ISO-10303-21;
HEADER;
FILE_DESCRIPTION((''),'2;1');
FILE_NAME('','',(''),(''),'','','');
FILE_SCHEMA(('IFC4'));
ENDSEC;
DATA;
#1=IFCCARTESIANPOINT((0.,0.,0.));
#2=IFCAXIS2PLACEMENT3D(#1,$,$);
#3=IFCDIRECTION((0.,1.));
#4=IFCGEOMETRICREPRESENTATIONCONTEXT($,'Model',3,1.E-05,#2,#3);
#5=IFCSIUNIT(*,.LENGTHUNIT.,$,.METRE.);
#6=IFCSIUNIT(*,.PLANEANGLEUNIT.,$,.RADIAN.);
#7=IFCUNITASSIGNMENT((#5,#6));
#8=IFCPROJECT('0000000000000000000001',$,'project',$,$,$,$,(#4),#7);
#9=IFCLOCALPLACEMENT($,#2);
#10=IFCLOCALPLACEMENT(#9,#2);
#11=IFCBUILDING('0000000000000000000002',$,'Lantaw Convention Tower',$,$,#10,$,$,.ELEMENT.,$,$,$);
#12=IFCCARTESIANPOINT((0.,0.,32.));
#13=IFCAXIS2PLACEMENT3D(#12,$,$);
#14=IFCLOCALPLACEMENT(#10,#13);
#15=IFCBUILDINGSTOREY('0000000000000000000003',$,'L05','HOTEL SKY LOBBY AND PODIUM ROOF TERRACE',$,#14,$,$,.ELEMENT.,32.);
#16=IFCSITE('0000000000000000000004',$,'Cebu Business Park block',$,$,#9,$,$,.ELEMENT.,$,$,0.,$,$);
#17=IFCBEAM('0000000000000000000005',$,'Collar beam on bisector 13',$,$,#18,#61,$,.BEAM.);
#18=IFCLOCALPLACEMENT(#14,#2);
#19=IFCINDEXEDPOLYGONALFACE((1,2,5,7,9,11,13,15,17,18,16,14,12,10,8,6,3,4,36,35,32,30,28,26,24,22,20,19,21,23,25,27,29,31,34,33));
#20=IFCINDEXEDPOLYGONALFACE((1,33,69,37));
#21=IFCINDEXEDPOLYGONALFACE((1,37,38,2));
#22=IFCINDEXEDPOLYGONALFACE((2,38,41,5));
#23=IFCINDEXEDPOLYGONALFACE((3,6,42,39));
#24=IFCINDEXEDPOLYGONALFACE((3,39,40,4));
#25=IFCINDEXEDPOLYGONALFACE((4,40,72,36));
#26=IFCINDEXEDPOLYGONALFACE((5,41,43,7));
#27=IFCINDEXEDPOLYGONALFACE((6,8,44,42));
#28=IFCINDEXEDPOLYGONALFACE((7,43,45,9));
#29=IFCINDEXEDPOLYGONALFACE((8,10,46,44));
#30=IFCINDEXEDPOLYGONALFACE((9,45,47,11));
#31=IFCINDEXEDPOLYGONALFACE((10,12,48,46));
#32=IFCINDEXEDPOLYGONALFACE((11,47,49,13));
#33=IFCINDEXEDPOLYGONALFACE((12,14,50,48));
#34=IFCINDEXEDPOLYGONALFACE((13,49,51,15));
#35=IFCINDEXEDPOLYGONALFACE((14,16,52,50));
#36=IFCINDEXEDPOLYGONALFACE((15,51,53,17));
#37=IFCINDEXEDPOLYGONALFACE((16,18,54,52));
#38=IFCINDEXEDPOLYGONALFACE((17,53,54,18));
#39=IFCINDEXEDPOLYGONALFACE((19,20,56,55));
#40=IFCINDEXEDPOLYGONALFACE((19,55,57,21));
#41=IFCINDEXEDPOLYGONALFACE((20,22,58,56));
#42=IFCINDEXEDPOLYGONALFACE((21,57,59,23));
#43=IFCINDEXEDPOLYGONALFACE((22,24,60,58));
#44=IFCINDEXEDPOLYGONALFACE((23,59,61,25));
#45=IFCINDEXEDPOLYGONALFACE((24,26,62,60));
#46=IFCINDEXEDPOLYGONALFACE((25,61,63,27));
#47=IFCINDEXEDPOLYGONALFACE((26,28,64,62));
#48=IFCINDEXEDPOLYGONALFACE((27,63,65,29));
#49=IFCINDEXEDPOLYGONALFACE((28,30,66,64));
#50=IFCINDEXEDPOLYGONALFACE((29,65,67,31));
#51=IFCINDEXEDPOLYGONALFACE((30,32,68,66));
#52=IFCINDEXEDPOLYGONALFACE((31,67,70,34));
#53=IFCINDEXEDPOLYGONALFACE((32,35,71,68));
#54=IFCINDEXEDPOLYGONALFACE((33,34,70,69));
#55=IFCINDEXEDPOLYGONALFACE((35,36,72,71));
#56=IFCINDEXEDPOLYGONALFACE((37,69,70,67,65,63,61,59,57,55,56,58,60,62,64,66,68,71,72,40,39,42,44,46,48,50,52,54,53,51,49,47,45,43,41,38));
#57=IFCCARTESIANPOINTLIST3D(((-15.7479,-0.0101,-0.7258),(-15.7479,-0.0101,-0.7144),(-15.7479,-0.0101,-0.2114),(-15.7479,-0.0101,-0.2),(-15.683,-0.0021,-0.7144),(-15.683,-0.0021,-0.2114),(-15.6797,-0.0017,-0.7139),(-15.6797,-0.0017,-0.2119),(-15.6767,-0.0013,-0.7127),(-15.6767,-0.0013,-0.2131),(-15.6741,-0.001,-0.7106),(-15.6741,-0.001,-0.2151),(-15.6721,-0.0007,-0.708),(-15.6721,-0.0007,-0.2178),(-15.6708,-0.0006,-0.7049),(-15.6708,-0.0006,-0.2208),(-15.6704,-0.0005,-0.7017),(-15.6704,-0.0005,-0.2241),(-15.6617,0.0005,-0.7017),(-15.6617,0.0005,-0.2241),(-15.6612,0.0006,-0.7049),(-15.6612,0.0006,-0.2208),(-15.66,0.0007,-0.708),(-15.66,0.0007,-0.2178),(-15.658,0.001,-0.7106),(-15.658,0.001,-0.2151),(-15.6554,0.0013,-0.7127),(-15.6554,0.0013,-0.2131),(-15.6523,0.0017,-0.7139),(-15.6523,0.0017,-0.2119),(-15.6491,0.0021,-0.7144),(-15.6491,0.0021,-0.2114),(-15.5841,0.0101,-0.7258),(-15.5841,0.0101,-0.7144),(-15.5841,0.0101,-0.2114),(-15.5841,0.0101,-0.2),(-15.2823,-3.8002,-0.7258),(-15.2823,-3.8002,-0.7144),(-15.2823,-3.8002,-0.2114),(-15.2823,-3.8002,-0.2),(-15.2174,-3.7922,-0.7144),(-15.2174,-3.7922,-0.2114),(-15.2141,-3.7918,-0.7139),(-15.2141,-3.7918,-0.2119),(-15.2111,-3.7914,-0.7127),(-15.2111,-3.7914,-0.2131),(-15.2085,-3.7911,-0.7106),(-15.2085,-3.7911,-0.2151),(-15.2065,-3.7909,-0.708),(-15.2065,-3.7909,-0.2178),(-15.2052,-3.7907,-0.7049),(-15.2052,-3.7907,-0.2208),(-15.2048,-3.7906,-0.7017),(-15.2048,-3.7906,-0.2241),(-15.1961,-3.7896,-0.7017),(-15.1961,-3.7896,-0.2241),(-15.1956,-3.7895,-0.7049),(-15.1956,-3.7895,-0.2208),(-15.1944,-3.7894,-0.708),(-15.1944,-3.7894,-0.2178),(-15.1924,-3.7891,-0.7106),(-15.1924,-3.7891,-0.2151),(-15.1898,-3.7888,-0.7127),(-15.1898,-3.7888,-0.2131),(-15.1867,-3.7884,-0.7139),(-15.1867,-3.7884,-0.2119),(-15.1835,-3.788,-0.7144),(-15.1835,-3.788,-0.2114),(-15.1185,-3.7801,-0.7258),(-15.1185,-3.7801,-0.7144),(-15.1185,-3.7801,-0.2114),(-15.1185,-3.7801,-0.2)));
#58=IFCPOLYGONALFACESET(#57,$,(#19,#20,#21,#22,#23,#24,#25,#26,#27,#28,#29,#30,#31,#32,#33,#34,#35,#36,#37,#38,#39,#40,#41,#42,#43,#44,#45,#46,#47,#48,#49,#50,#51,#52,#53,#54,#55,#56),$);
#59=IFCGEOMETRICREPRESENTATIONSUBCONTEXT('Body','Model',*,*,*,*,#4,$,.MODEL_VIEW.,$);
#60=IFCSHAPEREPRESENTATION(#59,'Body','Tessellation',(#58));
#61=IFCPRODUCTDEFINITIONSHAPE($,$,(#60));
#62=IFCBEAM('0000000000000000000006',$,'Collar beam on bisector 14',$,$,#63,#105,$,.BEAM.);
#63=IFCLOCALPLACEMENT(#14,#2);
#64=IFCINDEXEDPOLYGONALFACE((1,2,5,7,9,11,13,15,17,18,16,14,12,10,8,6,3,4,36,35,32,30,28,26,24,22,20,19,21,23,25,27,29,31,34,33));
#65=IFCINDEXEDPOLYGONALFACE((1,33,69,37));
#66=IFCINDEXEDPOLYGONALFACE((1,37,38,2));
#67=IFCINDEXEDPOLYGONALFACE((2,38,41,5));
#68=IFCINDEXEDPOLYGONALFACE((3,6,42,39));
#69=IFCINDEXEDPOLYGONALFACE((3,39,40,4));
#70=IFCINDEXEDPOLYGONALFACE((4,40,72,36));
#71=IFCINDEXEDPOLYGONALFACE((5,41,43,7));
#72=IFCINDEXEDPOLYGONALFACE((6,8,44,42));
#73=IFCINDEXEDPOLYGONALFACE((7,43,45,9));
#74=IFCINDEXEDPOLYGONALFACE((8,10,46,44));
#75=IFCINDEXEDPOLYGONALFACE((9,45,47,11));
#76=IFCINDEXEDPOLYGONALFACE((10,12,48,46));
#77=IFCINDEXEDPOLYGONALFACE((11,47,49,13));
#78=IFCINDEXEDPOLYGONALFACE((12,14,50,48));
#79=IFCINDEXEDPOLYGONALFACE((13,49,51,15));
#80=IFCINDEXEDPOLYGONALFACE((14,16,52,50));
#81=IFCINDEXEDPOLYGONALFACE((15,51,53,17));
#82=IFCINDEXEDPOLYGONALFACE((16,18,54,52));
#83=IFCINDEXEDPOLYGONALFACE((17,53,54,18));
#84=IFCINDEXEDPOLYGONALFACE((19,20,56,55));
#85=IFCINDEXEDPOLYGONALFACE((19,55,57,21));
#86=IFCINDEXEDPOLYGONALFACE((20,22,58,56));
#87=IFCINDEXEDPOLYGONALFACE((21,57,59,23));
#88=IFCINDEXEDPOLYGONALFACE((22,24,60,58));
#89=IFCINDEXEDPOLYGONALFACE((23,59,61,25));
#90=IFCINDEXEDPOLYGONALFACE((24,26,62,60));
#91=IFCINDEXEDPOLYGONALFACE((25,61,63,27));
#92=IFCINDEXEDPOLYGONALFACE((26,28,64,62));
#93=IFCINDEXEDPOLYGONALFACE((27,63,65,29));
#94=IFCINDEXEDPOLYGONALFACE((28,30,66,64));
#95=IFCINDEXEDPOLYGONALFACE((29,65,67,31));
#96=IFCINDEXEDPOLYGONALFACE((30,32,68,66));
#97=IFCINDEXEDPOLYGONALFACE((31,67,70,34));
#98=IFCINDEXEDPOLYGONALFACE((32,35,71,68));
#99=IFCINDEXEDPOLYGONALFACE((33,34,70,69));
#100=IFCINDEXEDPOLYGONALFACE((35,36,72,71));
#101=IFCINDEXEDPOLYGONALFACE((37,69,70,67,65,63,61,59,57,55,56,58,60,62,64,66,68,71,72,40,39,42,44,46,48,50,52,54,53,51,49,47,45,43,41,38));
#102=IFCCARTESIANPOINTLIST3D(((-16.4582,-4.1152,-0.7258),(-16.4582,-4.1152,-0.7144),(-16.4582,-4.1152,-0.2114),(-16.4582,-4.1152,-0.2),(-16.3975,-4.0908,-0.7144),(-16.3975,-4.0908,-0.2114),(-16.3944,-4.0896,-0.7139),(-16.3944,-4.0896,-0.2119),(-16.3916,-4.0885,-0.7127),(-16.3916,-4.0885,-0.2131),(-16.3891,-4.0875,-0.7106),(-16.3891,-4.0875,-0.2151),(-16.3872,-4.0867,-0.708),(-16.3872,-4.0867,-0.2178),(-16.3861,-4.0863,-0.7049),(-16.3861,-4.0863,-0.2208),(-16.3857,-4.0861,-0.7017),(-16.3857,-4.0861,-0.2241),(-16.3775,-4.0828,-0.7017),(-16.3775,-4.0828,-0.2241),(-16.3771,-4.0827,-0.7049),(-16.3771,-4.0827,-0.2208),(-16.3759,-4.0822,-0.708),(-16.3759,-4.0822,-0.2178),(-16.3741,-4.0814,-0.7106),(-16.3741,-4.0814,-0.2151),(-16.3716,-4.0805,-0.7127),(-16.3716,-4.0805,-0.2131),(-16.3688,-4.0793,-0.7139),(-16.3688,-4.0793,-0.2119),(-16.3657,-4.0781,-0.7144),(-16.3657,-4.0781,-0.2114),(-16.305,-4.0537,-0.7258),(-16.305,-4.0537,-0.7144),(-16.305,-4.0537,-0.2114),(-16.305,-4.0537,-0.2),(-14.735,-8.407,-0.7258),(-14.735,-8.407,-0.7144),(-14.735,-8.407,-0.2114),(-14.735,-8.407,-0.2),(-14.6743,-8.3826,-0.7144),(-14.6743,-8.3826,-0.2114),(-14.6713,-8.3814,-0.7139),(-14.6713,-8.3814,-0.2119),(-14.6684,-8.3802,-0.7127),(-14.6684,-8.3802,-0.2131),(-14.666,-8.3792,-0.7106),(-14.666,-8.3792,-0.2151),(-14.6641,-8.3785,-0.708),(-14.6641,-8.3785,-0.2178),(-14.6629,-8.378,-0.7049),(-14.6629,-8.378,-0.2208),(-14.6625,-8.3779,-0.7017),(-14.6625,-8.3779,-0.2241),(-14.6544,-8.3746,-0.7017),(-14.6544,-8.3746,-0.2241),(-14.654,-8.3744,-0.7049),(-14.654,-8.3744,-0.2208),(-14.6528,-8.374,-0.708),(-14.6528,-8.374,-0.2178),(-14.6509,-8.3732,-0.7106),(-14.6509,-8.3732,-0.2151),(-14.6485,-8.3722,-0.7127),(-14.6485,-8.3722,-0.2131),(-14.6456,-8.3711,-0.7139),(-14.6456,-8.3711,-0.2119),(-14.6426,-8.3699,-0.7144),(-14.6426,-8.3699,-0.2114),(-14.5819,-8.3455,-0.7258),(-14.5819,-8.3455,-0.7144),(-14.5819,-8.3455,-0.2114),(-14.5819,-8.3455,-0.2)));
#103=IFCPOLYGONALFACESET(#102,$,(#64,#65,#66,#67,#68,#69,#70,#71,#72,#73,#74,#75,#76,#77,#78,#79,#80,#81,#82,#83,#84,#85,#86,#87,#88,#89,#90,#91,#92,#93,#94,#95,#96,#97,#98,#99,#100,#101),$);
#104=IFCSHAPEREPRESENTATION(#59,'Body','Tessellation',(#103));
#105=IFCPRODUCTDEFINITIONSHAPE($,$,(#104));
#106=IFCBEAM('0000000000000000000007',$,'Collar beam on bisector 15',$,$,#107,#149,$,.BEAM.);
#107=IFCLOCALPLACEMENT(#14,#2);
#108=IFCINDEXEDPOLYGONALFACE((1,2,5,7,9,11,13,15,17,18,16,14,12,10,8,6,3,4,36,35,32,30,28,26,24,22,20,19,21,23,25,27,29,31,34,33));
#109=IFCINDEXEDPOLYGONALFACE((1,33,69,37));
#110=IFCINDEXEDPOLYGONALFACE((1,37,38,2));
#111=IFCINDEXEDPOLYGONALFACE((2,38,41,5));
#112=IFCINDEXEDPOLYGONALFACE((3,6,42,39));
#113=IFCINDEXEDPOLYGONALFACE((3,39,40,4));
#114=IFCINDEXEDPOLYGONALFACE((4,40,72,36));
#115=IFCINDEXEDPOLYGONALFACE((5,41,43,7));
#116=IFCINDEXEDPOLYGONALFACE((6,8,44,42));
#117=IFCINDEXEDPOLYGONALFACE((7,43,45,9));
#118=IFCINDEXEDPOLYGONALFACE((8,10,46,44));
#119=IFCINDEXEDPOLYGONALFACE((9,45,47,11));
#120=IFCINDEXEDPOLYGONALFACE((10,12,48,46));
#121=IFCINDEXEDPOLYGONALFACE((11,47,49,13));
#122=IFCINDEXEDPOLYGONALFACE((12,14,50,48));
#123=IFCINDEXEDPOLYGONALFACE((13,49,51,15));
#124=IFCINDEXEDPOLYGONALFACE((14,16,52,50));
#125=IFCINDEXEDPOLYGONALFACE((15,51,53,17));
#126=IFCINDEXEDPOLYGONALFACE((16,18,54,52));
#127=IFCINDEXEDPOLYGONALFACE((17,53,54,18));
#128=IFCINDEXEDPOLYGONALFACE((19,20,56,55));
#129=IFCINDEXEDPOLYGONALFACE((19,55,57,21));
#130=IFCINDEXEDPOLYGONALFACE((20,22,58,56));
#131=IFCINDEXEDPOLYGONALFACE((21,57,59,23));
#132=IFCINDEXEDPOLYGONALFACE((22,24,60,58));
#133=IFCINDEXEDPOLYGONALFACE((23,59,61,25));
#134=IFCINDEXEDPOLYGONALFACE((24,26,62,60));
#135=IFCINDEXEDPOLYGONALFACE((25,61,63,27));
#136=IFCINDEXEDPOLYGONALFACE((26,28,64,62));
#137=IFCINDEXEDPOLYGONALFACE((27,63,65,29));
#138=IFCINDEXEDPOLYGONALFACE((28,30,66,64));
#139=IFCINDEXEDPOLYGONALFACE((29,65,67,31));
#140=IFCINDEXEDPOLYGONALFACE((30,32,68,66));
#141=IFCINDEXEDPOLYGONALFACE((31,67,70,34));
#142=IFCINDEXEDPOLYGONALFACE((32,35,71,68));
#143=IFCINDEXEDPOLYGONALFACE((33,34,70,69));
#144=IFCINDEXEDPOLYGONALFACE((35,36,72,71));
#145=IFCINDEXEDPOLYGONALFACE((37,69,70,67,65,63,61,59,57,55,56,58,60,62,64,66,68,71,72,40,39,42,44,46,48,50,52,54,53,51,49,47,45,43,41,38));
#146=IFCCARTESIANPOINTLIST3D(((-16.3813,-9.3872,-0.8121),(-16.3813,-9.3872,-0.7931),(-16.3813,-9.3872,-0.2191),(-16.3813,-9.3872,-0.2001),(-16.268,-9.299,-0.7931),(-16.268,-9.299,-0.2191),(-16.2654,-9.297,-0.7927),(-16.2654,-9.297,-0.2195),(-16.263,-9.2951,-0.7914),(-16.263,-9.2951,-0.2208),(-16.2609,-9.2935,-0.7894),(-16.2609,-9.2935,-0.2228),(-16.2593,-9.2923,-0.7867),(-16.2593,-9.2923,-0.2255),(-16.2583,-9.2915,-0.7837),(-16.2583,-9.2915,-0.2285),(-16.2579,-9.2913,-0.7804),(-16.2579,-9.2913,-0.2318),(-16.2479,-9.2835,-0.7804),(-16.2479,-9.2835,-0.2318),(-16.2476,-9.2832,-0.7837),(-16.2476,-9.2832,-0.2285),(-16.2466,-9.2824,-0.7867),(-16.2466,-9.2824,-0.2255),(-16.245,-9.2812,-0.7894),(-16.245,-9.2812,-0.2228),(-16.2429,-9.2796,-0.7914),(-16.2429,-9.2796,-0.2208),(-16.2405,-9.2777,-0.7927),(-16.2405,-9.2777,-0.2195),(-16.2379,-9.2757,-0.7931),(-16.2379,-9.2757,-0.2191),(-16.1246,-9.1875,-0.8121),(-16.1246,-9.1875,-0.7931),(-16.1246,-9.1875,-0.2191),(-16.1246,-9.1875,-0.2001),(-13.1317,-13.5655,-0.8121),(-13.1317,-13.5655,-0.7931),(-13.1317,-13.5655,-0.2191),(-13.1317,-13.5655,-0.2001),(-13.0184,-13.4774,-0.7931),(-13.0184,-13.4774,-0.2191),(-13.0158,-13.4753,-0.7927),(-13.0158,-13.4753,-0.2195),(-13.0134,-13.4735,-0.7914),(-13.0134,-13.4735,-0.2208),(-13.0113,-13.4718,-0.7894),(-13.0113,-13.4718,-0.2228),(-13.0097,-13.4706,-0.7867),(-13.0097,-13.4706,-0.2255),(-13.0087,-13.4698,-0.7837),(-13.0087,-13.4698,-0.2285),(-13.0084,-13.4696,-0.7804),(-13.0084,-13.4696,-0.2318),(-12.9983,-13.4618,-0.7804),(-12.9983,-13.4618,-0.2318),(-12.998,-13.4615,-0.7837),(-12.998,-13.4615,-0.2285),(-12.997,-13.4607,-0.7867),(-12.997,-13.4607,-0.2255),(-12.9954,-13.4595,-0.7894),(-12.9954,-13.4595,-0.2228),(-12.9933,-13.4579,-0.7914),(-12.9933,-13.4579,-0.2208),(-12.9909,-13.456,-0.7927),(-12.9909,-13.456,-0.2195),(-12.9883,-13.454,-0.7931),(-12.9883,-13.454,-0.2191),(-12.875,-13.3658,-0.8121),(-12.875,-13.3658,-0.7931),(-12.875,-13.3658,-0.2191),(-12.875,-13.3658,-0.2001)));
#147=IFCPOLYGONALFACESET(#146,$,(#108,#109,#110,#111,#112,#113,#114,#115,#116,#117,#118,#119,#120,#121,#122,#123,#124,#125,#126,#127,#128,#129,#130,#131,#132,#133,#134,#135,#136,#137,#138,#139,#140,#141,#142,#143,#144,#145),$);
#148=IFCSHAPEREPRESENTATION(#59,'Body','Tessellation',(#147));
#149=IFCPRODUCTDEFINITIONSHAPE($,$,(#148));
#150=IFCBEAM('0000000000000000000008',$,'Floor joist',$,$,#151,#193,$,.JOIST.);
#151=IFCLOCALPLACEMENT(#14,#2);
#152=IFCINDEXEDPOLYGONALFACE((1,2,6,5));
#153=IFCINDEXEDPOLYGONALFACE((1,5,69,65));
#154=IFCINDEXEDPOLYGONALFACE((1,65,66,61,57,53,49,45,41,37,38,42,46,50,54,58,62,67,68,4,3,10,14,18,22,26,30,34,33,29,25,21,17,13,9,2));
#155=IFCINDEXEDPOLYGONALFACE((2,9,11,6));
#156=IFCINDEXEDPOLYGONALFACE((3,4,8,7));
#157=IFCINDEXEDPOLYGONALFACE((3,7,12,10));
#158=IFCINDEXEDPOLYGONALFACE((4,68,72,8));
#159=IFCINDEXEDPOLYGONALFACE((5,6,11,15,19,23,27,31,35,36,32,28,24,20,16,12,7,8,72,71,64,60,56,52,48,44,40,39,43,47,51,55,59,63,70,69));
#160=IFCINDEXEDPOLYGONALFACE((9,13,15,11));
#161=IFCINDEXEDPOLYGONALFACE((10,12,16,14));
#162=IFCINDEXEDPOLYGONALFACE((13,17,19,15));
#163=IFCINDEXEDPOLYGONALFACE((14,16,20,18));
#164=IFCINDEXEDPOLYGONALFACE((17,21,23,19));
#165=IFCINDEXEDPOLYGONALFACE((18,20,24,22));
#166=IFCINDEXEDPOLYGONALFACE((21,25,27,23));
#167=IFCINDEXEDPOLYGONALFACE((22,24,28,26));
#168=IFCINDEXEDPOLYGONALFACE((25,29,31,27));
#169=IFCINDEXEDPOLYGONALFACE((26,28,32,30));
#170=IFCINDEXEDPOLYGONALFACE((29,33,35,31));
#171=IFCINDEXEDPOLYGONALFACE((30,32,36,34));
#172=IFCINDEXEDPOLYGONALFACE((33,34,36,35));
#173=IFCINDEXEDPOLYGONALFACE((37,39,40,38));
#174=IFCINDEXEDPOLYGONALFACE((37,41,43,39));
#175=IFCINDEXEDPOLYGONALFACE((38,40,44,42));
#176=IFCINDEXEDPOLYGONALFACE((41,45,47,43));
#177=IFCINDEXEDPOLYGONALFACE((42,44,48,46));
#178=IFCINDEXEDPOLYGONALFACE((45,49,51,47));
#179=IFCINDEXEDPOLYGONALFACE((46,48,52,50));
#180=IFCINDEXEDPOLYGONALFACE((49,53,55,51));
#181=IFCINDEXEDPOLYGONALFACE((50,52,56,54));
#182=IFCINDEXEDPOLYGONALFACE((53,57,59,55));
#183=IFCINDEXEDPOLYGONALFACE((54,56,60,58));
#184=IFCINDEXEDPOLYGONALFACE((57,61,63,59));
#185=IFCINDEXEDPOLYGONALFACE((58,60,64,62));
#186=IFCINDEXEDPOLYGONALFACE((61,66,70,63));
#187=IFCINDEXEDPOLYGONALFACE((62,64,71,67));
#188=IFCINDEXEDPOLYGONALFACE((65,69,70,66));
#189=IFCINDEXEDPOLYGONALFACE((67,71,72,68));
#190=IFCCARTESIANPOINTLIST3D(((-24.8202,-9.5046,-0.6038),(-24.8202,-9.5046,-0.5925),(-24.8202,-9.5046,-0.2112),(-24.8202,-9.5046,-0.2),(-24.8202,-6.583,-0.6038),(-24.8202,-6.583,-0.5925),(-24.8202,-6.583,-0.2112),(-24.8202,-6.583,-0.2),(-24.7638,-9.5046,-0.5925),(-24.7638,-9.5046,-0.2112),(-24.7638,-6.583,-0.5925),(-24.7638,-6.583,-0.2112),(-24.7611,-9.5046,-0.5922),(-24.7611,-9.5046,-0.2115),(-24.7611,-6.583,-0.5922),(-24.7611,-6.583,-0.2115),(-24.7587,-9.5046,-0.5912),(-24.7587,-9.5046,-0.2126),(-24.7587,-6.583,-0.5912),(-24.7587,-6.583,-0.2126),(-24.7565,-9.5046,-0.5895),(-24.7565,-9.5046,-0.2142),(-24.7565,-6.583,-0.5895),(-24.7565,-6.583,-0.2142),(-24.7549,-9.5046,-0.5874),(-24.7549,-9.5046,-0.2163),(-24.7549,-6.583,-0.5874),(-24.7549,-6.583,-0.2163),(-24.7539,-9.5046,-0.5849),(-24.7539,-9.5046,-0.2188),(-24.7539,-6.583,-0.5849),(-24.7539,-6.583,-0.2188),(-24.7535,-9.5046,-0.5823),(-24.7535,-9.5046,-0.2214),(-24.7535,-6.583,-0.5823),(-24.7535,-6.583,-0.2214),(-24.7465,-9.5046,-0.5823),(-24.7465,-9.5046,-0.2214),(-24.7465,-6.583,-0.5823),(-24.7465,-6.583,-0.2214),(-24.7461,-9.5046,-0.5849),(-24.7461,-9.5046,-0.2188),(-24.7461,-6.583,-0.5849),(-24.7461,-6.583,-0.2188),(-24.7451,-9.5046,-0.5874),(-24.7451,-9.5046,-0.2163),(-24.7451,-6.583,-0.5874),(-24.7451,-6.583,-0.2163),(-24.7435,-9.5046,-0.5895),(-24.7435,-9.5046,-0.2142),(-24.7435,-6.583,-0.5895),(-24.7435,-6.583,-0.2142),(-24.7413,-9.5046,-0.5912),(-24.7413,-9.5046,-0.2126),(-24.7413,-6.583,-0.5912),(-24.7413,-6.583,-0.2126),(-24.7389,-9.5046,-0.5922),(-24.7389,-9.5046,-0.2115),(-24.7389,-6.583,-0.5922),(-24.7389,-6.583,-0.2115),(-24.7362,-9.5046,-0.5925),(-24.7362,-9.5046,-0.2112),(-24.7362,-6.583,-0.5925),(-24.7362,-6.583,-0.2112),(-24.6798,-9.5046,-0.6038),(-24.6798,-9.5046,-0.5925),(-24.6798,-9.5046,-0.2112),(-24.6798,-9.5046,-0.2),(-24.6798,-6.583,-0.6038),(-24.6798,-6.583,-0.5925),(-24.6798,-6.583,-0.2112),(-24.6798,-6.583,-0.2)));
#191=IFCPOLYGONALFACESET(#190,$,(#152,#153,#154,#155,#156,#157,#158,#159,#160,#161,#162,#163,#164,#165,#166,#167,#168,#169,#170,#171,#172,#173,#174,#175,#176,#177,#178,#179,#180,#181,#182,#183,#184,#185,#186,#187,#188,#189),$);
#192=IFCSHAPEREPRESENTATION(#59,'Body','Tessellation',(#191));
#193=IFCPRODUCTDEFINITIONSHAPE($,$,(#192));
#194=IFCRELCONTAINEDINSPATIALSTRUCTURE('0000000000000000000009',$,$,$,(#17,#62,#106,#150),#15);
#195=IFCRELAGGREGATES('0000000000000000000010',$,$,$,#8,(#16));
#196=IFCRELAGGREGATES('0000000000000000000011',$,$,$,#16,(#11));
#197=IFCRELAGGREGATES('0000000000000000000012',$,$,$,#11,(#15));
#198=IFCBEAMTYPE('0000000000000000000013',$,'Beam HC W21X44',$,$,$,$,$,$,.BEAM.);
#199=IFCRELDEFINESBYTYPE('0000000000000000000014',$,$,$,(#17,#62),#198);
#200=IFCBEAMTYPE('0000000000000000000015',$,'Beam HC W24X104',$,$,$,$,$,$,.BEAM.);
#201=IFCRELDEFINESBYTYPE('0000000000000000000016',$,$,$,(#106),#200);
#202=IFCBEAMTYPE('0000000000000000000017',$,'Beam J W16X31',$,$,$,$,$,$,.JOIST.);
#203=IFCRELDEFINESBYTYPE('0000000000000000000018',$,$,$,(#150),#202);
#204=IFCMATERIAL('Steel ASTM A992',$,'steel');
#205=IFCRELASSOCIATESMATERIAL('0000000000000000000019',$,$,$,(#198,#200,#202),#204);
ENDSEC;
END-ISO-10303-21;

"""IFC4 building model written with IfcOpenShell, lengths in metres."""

from ifc_helpers import new_model, si_unit, direction, frame, origin, origin_2d, place, context, subcontext, project, spatial, i_section, extrude, material, material_profile, profile_set, type_object, element, save


model = new_model("IFC4")

# Units and contexts
model_context = context("Model", 3, precision=1e-05, world=origin(), true_north=direction((0.0, 1.0)))
body_context = subcontext(model_context, "Body", "Model", "MODEL_VIEW")
ifc_project = project(units=[si_unit("LENGTHUNIT", "METRE"), si_unit("PLANEANGLEUNIT", "RADIAN")], contexts=[model_context])

# Site, building, storey
site_placement = place(None, origin())
site = spatial("IfcSite", under=ifc_project, at=site_placement, Name="Cebu Business Park block", CompositionType="ELEMENT", RefElevation=0.0)
building_placement = place(site_placement, origin())
building = spatial("IfcBuilding", under=site, at=building_placement, Name="Lantaw Convention Tower", CompositionType="ELEMENT")
storey_placement = place(building_placement, frame((0.0, 0.0, 32.0)))
storey = spatial("IfcBuildingStorey", under=building, at=storey_placement, Name="L05", Description="HOTEL SKY LOBBY AND PODIUM ROOF TERRACE", CompositionType="ELEMENT", Elevation=32.0)

# Beams
ifc_material_1 = material(Name="Steel ASTM A992", Category="steel")
ifc_material_profile_1 = material_profile(ifc_material_1, i_section(OverallWidth=0.165, OverallDepth=0.5259, WebThickness=0.0088, FlangeThickness=0.0115, FilletRadius=0.0127, at=origin_2d()), Name="W21X44")
ifc_profile_set_1 = profile_set([ifc_material_profile_1], Name="Steel ASTM A992")
beam_type_1 = type_object("IfcBeamType", Name="Beam HC W21X44", PredefinedType="BEAM", material=ifc_profile_set_1)
beam_1_placement = place(storey_placement, frame((-15.666, 0.0, -0.4629), z_axis=(0.121926, -0.992539, 0.0), x_axis=(0.992539, 0.121926, 0.0)))
element("IfcBeam", 1, at=beam_1_placement, inside=storey, type_object=beam_type_1, Name="Collar beam on bisector 13", PredefinedType="BEAM", context=body_context, shape_type="SweptSolid", body=[
    extrude(i_section(OverallWidth=0.165, OverallDepth=0.5259, WebThickness=0.0088, FlangeThickness=0.0115, FilletRadius=0.0127, at=origin_2d()), origin(), (0.0, 0.0, 1.0), 3.8186),
])
beam_2_placement = place(storey_placement, frame((-16.3816, -4.0845, -0.4629), z_axis=(0.372592, -0.927995, 0.0), x_axis=(0.927995, 0.372592, 0.0)))
element("IfcBeam", 2, at=beam_2_placement, inside=storey, type_object=beam_type_1, Name="Collar beam on bisector 14", PredefinedType="BEAM", context=body_context, shape_type="SweptSolid", body=[
    extrude(i_section(OverallWidth=0.165, OverallDepth=0.5259, WebThickness=0.0088, FlangeThickness=0.0115, FilletRadius=0.0127, at=origin_2d()), origin(), (0.0, 0.0, 1.0), 4.6248),
])
ifc_material_profile_2 = material_profile(ifc_material_1, i_section(OverallWidth=0.3252, OverallDepth=0.6121, WebThickness=0.0127, FlangeThickness=0.019, FilletRadius=0.0127, at=origin_2d()), Name="W24X104")
ifc_profile_set_2 = profile_set([ifc_material_profile_2], Name="Steel ASTM A992")
beam_type_2 = type_object("IfcBeamType", Name="Beam HC W24X104", PredefinedType="BEAM", material=ifc_profile_set_2)
beam_3_placement = place(storey_placement, frame((-16.2529, -9.2874, -0.5061), z_axis=(0.613915, -0.789372, 0.0), x_axis=(0.789372, 0.613915, 0.0)))
element("IfcBeam", 3, at=beam_3_placement, inside=storey, type_object=beam_type_2, Name="Collar beam on bisector 15", PredefinedType="BEAM", context=body_context, shape_type="SweptSolid", body=[
    extrude(i_section(OverallWidth=0.3252, OverallDepth=0.6121, WebThickness=0.0127, FlangeThickness=0.019, FilletRadius=0.0127, at=origin_2d()), origin(), (0.0, 0.0, 1.0), 5.2932),
])
ifc_material_profile_3 = material_profile(ifc_material_1, i_section(OverallWidth=0.1404, OverallDepth=0.4038, WebThickness=0.0071, FlangeThickness=0.0112, FilletRadius=0.0103, at=origin_2d()), Name="W16X31")
ifc_profile_set_3 = profile_set([ifc_material_profile_3], Name="Steel ASTM A992")
beam_type_3 = type_object("IfcBeamType", Name="Beam J W16X31", PredefinedType="JOIST", material=ifc_profile_set_3)
beam_4_placement = place(storey_placement, frame((-24.75, -9.5046, -0.4019), z_axis=(0.0, 1.0, 0.0), x_axis=(-1.0, 0.0, 0.0)))
element("IfcBeam", 4, at=beam_4_placement, inside=storey, type_object=beam_type_3, Name="Floor joist", PredefinedType="JOIST", context=body_context, shape_type="SweptSolid", body=[
    extrude(i_section(OverallWidth=0.1404, OverallDepth=0.4038, WebThickness=0.0071, FlangeThickness=0.0112, FilletRadius=0.0103, at=origin_2d()), origin(), (0.0, 0.0, 1.0), 2.9216),
])

save(model, "model.ifc")
